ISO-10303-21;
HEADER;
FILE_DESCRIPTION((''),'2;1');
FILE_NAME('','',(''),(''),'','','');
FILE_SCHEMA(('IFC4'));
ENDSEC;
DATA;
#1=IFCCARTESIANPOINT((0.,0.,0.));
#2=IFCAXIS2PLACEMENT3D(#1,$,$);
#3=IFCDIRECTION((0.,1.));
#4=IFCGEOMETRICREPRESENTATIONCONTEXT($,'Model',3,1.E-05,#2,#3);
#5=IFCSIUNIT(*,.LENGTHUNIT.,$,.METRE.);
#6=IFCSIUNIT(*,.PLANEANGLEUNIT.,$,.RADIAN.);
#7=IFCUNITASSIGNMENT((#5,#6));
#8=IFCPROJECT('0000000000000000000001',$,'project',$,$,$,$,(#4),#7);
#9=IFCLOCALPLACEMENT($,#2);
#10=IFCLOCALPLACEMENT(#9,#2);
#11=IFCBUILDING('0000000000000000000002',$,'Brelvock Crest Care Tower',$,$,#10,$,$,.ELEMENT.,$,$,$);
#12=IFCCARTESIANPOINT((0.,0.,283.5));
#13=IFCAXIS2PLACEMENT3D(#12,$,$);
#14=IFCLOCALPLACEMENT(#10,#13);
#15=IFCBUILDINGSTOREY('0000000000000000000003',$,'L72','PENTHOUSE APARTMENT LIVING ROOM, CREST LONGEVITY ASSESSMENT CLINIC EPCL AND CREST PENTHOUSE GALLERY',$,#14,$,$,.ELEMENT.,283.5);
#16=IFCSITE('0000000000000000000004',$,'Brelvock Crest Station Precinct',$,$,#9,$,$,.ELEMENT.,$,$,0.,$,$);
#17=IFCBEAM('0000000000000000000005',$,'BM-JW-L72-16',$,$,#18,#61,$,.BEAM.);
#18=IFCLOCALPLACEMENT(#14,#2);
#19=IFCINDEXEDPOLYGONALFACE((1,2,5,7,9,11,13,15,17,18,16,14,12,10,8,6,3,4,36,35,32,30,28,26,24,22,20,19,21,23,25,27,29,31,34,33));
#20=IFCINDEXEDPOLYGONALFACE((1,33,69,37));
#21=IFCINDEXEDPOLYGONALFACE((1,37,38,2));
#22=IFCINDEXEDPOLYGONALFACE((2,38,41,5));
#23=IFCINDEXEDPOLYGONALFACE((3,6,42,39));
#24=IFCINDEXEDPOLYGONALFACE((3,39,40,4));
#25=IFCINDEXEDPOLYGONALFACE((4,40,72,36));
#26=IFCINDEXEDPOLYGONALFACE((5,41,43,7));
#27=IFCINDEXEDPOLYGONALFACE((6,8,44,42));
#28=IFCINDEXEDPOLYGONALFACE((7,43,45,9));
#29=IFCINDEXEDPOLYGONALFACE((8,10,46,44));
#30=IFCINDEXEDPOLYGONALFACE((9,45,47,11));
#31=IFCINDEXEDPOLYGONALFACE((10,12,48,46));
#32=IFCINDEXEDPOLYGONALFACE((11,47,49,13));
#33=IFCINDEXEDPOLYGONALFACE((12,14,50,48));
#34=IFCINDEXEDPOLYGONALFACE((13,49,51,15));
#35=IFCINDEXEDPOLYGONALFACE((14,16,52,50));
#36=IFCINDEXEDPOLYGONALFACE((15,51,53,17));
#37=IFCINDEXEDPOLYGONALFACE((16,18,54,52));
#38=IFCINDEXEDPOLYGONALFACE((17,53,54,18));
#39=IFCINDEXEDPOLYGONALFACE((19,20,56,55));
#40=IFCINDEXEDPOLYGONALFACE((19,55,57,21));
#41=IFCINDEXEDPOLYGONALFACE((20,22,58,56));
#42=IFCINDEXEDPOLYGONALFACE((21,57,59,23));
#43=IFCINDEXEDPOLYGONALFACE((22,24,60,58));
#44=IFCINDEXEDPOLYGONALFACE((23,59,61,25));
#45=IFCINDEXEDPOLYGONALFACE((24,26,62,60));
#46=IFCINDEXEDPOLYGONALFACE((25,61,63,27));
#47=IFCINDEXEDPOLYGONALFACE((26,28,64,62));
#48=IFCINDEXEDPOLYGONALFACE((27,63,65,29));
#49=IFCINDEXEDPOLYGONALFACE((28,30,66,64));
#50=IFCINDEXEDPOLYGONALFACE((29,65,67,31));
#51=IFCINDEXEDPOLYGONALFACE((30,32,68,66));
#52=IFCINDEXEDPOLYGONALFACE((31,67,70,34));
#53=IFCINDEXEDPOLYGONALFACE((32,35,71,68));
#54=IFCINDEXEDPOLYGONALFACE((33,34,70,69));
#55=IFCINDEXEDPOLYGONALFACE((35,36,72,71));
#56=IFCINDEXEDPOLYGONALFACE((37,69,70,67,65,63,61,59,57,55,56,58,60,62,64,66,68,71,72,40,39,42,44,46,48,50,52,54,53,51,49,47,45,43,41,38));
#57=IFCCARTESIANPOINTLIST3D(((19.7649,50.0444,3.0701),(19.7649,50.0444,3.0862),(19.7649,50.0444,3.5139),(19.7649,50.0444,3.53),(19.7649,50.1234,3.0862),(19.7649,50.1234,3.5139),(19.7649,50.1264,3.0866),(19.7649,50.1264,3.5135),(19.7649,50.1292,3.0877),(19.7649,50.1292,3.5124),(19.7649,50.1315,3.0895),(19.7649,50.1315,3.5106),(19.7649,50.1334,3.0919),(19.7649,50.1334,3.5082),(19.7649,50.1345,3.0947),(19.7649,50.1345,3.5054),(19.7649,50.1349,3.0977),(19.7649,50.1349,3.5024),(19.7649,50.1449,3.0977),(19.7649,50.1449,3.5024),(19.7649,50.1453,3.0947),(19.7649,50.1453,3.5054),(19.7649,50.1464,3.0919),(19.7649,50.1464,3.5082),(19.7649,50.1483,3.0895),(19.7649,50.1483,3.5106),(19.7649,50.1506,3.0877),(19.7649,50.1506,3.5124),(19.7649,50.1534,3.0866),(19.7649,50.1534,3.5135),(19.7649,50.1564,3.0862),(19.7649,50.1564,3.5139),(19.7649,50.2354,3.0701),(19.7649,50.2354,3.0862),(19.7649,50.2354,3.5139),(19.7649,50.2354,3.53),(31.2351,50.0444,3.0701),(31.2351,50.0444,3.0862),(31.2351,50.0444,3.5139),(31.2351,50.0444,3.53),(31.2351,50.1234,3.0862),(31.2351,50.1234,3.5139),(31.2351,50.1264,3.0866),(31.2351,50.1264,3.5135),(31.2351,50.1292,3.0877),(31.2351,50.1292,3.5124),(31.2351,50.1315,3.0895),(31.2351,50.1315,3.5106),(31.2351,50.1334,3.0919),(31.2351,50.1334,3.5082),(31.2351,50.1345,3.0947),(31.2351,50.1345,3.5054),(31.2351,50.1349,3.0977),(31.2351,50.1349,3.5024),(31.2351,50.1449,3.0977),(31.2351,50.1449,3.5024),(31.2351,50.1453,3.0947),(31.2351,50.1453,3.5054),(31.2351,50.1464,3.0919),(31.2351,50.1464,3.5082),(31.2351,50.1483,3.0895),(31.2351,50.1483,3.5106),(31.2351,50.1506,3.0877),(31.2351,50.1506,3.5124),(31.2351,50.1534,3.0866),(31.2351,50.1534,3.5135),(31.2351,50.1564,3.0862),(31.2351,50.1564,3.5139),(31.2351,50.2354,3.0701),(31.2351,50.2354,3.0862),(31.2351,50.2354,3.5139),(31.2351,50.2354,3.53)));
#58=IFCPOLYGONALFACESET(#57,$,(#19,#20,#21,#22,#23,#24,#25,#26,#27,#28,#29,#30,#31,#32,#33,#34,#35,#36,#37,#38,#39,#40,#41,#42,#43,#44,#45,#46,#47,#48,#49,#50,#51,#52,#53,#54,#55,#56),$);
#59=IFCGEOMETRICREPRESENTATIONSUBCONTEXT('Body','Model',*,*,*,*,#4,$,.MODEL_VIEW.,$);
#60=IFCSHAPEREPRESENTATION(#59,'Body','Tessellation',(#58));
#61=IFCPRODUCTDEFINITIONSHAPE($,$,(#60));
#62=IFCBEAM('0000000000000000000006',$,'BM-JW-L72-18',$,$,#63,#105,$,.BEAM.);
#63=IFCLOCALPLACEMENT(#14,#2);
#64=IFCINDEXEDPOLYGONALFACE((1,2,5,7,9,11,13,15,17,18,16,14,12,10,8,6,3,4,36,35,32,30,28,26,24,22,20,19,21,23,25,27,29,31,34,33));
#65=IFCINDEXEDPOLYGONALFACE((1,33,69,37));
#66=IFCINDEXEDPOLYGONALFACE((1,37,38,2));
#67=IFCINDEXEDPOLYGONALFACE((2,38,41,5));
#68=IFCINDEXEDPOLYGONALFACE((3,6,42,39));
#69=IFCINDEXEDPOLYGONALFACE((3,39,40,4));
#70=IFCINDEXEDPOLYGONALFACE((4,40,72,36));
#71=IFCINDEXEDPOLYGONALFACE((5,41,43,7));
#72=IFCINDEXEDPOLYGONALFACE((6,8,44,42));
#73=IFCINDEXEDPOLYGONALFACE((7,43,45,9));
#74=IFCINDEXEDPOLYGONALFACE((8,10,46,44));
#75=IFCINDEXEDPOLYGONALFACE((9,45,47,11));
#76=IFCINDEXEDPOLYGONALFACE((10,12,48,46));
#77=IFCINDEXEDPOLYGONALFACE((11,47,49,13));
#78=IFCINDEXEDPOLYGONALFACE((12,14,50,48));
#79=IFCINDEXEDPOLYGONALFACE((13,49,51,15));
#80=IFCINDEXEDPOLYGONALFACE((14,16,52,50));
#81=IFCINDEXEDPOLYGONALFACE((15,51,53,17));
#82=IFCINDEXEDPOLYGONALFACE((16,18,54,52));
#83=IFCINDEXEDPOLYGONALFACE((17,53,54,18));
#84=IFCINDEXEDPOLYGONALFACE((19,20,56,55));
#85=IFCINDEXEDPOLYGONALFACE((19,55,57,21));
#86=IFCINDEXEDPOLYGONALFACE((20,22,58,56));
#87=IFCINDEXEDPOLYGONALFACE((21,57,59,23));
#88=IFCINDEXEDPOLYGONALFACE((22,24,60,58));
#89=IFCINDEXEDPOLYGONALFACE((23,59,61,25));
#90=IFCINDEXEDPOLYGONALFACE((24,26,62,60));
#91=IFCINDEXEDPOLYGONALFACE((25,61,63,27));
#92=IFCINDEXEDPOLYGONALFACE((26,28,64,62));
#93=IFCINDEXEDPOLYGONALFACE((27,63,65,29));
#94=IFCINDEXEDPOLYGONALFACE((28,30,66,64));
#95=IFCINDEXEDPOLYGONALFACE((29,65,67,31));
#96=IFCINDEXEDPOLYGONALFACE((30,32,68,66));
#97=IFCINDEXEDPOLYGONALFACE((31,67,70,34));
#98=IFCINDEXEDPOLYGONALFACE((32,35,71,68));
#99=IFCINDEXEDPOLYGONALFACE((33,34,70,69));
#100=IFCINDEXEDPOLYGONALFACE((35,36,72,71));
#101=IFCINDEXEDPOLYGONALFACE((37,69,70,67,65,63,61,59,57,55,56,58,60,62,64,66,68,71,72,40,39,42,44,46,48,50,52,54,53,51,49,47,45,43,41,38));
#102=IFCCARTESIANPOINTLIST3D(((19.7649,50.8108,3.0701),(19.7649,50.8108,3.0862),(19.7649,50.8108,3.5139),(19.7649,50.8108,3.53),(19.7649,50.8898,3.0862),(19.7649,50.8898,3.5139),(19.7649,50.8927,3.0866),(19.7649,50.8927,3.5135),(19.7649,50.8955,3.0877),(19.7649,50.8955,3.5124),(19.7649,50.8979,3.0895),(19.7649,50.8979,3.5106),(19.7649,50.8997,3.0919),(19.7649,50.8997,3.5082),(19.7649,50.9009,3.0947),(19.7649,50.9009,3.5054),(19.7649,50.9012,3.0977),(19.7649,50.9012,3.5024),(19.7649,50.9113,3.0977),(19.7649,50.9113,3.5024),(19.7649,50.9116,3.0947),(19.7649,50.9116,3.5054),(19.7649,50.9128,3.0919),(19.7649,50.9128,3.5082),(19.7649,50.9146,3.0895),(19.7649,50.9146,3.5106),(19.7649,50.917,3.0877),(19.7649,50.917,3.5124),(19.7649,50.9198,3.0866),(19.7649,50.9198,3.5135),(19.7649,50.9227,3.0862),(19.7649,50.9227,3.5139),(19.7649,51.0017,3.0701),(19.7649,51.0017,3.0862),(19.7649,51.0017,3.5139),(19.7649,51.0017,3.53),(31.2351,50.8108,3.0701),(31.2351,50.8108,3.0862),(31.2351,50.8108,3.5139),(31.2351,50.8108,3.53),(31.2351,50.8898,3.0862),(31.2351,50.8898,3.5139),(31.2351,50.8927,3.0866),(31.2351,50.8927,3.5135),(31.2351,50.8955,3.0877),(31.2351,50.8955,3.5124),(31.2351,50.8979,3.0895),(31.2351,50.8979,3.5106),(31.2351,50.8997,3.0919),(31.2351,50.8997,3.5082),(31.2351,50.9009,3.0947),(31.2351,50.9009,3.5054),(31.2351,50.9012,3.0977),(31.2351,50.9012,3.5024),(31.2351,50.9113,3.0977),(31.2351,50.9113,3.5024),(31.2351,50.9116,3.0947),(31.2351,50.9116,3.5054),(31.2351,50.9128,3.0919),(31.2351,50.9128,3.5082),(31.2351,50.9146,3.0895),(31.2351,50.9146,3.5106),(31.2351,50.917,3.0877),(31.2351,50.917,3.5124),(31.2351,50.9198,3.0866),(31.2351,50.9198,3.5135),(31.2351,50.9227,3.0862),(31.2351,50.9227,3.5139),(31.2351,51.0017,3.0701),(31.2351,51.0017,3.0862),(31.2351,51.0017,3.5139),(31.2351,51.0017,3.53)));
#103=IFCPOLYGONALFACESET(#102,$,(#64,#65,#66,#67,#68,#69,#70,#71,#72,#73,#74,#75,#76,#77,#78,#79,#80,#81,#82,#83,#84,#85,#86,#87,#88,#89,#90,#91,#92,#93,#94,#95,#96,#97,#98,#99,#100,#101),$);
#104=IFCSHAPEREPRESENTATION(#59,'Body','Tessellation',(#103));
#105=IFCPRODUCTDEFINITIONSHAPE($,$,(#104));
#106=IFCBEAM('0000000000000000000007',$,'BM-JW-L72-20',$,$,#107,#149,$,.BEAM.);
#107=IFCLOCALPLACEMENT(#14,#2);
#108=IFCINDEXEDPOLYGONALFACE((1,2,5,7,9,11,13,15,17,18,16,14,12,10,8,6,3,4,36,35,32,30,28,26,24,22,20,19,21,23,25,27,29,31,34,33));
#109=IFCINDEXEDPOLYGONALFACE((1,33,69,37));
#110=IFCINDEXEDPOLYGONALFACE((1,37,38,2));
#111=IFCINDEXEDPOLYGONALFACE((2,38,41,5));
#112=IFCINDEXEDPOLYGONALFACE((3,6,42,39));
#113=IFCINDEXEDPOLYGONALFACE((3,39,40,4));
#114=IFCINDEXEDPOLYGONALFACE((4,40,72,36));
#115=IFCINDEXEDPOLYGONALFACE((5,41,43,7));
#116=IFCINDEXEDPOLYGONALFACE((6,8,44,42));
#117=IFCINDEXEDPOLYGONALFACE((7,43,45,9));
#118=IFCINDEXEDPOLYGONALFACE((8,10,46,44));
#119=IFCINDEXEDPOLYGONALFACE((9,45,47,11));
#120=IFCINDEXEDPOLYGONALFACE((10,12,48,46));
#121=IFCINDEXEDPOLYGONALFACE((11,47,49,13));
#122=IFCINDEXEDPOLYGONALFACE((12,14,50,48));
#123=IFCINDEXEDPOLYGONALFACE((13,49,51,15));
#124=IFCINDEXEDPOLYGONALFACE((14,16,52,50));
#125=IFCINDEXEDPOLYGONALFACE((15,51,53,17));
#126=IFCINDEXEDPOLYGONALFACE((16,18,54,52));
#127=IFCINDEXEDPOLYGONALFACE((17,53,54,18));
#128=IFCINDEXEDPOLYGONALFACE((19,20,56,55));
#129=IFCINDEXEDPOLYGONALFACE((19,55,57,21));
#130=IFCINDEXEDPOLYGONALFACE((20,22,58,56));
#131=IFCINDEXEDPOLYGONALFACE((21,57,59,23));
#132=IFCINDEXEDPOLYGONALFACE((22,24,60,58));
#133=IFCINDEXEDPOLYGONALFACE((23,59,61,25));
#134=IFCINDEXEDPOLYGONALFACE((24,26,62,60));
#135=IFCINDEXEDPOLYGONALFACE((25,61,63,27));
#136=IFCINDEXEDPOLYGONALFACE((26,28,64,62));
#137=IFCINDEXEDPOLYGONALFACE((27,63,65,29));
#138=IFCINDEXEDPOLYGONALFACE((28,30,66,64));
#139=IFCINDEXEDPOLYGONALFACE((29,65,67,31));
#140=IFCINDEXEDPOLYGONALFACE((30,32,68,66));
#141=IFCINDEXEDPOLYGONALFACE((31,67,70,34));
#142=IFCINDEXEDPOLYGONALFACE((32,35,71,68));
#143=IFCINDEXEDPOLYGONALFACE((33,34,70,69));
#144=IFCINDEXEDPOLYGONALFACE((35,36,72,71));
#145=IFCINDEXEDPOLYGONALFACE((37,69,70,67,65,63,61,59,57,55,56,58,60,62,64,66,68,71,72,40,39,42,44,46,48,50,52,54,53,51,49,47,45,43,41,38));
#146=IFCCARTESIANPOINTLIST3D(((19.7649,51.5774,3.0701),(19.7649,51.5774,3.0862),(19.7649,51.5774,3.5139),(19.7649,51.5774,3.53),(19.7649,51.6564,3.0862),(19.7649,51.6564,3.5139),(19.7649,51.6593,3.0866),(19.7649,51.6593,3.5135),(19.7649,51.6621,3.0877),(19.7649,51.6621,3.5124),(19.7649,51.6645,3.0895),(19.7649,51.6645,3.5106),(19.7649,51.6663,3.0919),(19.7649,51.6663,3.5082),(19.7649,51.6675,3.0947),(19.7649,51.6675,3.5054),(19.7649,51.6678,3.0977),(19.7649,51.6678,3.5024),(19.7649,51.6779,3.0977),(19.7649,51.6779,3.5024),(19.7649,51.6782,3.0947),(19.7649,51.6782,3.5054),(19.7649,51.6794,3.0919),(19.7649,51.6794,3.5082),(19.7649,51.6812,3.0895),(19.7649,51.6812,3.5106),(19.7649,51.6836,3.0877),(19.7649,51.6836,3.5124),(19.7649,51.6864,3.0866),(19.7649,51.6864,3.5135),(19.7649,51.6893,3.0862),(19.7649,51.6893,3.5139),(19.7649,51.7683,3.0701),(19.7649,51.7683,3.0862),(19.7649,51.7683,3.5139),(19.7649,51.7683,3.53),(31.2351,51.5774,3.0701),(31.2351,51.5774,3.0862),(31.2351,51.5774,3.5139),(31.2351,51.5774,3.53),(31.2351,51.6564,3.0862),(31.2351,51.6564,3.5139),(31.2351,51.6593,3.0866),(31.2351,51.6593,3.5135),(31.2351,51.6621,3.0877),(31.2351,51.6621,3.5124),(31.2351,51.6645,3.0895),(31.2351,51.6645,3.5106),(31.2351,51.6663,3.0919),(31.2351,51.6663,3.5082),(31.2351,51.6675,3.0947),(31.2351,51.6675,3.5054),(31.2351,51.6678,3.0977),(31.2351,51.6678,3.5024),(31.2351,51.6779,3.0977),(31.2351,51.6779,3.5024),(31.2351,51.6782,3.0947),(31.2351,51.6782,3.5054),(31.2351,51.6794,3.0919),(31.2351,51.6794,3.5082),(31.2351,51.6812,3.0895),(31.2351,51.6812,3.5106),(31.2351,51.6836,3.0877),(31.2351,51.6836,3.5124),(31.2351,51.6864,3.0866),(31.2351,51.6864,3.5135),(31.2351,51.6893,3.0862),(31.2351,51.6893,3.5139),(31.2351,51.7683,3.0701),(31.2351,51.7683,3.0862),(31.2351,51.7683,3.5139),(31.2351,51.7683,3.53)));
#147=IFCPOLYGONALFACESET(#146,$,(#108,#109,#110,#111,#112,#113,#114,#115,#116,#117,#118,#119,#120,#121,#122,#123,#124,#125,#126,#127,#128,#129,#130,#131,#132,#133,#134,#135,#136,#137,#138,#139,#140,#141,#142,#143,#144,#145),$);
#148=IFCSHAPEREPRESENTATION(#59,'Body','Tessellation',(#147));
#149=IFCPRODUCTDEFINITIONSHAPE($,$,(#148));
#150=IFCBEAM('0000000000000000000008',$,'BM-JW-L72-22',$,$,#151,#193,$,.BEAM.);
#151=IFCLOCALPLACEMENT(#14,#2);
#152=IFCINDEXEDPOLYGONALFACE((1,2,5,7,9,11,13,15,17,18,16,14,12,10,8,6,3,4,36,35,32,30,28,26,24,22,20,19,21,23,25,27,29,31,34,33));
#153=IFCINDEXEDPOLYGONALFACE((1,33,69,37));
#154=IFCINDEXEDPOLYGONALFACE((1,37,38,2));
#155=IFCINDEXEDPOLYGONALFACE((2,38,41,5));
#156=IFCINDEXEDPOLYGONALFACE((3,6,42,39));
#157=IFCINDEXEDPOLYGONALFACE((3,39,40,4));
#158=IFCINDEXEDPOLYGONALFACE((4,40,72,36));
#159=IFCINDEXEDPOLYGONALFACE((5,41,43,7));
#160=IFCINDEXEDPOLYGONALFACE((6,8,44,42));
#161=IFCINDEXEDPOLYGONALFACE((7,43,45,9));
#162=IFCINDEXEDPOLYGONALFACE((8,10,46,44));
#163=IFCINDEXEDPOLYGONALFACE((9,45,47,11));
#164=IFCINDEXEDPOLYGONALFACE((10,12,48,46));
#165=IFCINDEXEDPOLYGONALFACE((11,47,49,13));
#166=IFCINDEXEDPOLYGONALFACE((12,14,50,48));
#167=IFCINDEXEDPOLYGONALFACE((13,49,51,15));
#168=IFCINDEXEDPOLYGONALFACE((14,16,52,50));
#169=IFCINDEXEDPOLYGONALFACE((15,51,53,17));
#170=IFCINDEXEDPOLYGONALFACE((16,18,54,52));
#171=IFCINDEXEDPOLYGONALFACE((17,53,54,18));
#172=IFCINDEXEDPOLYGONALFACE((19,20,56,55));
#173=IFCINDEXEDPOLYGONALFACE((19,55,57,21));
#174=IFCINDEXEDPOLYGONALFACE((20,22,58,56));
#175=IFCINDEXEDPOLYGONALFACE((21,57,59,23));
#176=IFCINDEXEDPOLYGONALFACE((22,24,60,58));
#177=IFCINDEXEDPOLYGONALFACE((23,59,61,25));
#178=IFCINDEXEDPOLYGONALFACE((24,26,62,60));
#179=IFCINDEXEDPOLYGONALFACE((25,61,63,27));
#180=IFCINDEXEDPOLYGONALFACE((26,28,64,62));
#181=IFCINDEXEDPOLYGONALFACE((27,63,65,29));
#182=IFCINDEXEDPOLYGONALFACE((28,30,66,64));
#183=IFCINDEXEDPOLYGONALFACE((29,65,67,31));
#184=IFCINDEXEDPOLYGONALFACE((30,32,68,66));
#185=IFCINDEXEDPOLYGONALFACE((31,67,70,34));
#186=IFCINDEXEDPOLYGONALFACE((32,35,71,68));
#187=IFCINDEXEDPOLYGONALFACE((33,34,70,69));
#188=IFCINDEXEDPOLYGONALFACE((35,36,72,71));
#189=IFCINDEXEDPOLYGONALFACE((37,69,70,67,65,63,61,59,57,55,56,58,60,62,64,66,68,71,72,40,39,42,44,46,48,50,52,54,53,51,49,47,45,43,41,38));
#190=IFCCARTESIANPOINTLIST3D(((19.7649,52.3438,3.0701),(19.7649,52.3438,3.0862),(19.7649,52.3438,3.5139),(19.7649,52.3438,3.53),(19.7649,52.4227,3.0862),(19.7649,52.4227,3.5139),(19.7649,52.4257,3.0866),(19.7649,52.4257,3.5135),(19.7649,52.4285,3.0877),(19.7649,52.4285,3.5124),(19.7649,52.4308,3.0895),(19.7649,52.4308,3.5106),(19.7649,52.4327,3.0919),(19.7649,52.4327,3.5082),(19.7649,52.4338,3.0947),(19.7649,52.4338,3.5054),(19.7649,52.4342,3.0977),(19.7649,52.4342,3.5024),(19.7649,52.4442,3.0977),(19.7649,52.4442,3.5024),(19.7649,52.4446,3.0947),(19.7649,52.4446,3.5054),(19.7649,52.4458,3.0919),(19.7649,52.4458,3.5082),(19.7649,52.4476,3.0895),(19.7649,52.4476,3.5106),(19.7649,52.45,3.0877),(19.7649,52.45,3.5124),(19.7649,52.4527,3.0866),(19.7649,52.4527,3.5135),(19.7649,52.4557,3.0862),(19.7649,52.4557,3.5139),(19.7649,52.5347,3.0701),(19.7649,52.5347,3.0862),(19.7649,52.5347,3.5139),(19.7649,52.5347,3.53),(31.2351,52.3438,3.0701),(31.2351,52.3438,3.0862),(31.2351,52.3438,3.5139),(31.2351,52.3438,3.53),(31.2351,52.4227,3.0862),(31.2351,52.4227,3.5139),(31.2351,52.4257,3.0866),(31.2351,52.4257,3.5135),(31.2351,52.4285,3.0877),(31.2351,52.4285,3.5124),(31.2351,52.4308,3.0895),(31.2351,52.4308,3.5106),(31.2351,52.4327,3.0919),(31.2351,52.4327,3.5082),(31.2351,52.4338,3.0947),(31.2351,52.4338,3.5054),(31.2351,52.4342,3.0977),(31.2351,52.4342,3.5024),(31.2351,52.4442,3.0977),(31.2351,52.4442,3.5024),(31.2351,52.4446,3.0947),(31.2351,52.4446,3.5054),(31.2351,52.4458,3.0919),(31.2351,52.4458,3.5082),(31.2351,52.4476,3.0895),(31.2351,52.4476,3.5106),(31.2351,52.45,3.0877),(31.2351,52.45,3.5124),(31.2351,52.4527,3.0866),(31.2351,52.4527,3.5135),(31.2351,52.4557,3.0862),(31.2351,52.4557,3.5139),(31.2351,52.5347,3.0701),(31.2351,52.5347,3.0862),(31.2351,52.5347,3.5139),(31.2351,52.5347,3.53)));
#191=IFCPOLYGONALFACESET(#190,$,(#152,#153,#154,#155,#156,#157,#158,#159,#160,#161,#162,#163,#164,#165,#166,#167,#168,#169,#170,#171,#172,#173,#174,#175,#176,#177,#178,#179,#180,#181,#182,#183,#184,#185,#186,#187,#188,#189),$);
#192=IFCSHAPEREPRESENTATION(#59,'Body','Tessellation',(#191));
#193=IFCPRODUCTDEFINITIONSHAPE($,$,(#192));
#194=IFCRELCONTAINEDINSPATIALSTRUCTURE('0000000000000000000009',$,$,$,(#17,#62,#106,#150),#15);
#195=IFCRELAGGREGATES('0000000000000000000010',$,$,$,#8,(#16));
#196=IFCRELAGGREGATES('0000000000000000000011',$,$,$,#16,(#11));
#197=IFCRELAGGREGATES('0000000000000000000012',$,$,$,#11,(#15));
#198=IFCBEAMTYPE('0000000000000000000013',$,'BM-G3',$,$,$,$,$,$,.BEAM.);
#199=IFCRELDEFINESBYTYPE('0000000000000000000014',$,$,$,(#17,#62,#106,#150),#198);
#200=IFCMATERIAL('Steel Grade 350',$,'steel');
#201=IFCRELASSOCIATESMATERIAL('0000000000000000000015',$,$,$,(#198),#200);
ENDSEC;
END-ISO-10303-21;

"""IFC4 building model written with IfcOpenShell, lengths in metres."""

from ifc_helpers import new_model, si_unit, direction, frame, origin, origin_2d, place, context, subcontext, project, spatial, i_section, extrude, source, transform, mapped, material, material_profile, profile_set, type_object, element, save


model = new_model("IFC4")

# Units and contexts
model_context = context("Model", 3, precision=1e-05, world=origin(), true_north=direction((0.0, 1.0)))
body_context = subcontext(model_context, "Body", "Model", "MODEL_VIEW")
ifc_project = project(units=[si_unit("LENGTHUNIT", "METRE"), si_unit("PLANEANGLEUNIT", "RADIAN")], contexts=[model_context])

# Site, building, storey
site_placement = place(None, origin())
site = spatial("IfcSite", under=ifc_project, at=site_placement, Name="Brelvock Crest Station Precinct", CompositionType="ELEMENT", RefElevation=0.0)
building_placement = place(site_placement, origin())
building = spatial("IfcBuilding", under=site, at=building_placement, Name="Brelvock Crest Care Tower", CompositionType="ELEMENT")
storey_placement = place(building_placement, frame((0.0, 0.0, 283.5)))
storey = spatial("IfcBuildingStorey", under=building, at=storey_placement, Name="L72", Description="PENTHOUSE APARTMENT LIVING ROOM, CREST LONGEVITY ASSESSMENT CLINIC EPCL AND CREST PENTHOUSE GALLERY", CompositionType="ELEMENT", Elevation=283.5)

# Beams
ifc_material_1 = material(Name="Steel Grade 350", Category="steel")
ifc_material_profile_1 = material_profile(ifc_material_1, i_section(OverallWidth=0.1909, OverallDepth=0.46, WebThickness=0.01, FlangeThickness=0.0161, FilletRadius=0.0115, at=origin_2d()), Name="460UB82.1")
ifc_profile_set_1 = profile_set([ifc_material_profile_1], Name="Steel Grade 350")
beam_type_1 = type_object("IfcBeamType", Name="BM-G3", PredefinedType="BEAM", material=ifc_profile_set_1)
shared_shape_1 = source(origin(), body_context, "Body", "SweptSolid", [
    extrude(i_section(OverallWidth=0.1909, OverallDepth=0.46, WebThickness=0.01, FlangeThickness=0.0161, FilletRadius=0.0115, at=origin_2d()), origin(), (0.0, 0.0, 1.0), 11.4702),
])
for number, where, z_axis, x_axis, name in (
    (1, (19.7649, 50.1399, 3.3), (1.0, 0.0, 0.0), (0.0, 1.0, 0.0), "BM-JW-L72-16"),
    (2, (19.7649, 50.9062, 3.3), (1.0, 0.0, 0.0), (0.0, 1.0, 0.0), "BM-JW-L72-18"),
    (3, (19.7649, 51.6729, 3.3), (1.0, 0.0, 0.0), (0.0, 1.0, 0.0), "BM-JW-L72-20"),
    (4, (19.7649, 52.4392, 3.3), (1.0, 0.0, 0.0), (0.0, 1.0, 0.0), "BM-JW-L72-22"),
):
    element("IfcBeam", number, at=place(storey_placement, frame(where, z_axis=z_axis, x_axis=x_axis)), inside=storey, type_object=beam_type_1, Name=name, PredefinedType="BEAM", context=body_context, shape_type="MappedRepresentation", body=[
        mapped(shared_shape_1, transform((0.0, 0.0, 0.0), x_axis=(1.0, 0.0, 0.0), y_axis=(0.0, 1.0, 0.0), z_axis=(0.0, 0.0, 1.0), scale=1.0)),
    ])

save(model, "model.ifc")
